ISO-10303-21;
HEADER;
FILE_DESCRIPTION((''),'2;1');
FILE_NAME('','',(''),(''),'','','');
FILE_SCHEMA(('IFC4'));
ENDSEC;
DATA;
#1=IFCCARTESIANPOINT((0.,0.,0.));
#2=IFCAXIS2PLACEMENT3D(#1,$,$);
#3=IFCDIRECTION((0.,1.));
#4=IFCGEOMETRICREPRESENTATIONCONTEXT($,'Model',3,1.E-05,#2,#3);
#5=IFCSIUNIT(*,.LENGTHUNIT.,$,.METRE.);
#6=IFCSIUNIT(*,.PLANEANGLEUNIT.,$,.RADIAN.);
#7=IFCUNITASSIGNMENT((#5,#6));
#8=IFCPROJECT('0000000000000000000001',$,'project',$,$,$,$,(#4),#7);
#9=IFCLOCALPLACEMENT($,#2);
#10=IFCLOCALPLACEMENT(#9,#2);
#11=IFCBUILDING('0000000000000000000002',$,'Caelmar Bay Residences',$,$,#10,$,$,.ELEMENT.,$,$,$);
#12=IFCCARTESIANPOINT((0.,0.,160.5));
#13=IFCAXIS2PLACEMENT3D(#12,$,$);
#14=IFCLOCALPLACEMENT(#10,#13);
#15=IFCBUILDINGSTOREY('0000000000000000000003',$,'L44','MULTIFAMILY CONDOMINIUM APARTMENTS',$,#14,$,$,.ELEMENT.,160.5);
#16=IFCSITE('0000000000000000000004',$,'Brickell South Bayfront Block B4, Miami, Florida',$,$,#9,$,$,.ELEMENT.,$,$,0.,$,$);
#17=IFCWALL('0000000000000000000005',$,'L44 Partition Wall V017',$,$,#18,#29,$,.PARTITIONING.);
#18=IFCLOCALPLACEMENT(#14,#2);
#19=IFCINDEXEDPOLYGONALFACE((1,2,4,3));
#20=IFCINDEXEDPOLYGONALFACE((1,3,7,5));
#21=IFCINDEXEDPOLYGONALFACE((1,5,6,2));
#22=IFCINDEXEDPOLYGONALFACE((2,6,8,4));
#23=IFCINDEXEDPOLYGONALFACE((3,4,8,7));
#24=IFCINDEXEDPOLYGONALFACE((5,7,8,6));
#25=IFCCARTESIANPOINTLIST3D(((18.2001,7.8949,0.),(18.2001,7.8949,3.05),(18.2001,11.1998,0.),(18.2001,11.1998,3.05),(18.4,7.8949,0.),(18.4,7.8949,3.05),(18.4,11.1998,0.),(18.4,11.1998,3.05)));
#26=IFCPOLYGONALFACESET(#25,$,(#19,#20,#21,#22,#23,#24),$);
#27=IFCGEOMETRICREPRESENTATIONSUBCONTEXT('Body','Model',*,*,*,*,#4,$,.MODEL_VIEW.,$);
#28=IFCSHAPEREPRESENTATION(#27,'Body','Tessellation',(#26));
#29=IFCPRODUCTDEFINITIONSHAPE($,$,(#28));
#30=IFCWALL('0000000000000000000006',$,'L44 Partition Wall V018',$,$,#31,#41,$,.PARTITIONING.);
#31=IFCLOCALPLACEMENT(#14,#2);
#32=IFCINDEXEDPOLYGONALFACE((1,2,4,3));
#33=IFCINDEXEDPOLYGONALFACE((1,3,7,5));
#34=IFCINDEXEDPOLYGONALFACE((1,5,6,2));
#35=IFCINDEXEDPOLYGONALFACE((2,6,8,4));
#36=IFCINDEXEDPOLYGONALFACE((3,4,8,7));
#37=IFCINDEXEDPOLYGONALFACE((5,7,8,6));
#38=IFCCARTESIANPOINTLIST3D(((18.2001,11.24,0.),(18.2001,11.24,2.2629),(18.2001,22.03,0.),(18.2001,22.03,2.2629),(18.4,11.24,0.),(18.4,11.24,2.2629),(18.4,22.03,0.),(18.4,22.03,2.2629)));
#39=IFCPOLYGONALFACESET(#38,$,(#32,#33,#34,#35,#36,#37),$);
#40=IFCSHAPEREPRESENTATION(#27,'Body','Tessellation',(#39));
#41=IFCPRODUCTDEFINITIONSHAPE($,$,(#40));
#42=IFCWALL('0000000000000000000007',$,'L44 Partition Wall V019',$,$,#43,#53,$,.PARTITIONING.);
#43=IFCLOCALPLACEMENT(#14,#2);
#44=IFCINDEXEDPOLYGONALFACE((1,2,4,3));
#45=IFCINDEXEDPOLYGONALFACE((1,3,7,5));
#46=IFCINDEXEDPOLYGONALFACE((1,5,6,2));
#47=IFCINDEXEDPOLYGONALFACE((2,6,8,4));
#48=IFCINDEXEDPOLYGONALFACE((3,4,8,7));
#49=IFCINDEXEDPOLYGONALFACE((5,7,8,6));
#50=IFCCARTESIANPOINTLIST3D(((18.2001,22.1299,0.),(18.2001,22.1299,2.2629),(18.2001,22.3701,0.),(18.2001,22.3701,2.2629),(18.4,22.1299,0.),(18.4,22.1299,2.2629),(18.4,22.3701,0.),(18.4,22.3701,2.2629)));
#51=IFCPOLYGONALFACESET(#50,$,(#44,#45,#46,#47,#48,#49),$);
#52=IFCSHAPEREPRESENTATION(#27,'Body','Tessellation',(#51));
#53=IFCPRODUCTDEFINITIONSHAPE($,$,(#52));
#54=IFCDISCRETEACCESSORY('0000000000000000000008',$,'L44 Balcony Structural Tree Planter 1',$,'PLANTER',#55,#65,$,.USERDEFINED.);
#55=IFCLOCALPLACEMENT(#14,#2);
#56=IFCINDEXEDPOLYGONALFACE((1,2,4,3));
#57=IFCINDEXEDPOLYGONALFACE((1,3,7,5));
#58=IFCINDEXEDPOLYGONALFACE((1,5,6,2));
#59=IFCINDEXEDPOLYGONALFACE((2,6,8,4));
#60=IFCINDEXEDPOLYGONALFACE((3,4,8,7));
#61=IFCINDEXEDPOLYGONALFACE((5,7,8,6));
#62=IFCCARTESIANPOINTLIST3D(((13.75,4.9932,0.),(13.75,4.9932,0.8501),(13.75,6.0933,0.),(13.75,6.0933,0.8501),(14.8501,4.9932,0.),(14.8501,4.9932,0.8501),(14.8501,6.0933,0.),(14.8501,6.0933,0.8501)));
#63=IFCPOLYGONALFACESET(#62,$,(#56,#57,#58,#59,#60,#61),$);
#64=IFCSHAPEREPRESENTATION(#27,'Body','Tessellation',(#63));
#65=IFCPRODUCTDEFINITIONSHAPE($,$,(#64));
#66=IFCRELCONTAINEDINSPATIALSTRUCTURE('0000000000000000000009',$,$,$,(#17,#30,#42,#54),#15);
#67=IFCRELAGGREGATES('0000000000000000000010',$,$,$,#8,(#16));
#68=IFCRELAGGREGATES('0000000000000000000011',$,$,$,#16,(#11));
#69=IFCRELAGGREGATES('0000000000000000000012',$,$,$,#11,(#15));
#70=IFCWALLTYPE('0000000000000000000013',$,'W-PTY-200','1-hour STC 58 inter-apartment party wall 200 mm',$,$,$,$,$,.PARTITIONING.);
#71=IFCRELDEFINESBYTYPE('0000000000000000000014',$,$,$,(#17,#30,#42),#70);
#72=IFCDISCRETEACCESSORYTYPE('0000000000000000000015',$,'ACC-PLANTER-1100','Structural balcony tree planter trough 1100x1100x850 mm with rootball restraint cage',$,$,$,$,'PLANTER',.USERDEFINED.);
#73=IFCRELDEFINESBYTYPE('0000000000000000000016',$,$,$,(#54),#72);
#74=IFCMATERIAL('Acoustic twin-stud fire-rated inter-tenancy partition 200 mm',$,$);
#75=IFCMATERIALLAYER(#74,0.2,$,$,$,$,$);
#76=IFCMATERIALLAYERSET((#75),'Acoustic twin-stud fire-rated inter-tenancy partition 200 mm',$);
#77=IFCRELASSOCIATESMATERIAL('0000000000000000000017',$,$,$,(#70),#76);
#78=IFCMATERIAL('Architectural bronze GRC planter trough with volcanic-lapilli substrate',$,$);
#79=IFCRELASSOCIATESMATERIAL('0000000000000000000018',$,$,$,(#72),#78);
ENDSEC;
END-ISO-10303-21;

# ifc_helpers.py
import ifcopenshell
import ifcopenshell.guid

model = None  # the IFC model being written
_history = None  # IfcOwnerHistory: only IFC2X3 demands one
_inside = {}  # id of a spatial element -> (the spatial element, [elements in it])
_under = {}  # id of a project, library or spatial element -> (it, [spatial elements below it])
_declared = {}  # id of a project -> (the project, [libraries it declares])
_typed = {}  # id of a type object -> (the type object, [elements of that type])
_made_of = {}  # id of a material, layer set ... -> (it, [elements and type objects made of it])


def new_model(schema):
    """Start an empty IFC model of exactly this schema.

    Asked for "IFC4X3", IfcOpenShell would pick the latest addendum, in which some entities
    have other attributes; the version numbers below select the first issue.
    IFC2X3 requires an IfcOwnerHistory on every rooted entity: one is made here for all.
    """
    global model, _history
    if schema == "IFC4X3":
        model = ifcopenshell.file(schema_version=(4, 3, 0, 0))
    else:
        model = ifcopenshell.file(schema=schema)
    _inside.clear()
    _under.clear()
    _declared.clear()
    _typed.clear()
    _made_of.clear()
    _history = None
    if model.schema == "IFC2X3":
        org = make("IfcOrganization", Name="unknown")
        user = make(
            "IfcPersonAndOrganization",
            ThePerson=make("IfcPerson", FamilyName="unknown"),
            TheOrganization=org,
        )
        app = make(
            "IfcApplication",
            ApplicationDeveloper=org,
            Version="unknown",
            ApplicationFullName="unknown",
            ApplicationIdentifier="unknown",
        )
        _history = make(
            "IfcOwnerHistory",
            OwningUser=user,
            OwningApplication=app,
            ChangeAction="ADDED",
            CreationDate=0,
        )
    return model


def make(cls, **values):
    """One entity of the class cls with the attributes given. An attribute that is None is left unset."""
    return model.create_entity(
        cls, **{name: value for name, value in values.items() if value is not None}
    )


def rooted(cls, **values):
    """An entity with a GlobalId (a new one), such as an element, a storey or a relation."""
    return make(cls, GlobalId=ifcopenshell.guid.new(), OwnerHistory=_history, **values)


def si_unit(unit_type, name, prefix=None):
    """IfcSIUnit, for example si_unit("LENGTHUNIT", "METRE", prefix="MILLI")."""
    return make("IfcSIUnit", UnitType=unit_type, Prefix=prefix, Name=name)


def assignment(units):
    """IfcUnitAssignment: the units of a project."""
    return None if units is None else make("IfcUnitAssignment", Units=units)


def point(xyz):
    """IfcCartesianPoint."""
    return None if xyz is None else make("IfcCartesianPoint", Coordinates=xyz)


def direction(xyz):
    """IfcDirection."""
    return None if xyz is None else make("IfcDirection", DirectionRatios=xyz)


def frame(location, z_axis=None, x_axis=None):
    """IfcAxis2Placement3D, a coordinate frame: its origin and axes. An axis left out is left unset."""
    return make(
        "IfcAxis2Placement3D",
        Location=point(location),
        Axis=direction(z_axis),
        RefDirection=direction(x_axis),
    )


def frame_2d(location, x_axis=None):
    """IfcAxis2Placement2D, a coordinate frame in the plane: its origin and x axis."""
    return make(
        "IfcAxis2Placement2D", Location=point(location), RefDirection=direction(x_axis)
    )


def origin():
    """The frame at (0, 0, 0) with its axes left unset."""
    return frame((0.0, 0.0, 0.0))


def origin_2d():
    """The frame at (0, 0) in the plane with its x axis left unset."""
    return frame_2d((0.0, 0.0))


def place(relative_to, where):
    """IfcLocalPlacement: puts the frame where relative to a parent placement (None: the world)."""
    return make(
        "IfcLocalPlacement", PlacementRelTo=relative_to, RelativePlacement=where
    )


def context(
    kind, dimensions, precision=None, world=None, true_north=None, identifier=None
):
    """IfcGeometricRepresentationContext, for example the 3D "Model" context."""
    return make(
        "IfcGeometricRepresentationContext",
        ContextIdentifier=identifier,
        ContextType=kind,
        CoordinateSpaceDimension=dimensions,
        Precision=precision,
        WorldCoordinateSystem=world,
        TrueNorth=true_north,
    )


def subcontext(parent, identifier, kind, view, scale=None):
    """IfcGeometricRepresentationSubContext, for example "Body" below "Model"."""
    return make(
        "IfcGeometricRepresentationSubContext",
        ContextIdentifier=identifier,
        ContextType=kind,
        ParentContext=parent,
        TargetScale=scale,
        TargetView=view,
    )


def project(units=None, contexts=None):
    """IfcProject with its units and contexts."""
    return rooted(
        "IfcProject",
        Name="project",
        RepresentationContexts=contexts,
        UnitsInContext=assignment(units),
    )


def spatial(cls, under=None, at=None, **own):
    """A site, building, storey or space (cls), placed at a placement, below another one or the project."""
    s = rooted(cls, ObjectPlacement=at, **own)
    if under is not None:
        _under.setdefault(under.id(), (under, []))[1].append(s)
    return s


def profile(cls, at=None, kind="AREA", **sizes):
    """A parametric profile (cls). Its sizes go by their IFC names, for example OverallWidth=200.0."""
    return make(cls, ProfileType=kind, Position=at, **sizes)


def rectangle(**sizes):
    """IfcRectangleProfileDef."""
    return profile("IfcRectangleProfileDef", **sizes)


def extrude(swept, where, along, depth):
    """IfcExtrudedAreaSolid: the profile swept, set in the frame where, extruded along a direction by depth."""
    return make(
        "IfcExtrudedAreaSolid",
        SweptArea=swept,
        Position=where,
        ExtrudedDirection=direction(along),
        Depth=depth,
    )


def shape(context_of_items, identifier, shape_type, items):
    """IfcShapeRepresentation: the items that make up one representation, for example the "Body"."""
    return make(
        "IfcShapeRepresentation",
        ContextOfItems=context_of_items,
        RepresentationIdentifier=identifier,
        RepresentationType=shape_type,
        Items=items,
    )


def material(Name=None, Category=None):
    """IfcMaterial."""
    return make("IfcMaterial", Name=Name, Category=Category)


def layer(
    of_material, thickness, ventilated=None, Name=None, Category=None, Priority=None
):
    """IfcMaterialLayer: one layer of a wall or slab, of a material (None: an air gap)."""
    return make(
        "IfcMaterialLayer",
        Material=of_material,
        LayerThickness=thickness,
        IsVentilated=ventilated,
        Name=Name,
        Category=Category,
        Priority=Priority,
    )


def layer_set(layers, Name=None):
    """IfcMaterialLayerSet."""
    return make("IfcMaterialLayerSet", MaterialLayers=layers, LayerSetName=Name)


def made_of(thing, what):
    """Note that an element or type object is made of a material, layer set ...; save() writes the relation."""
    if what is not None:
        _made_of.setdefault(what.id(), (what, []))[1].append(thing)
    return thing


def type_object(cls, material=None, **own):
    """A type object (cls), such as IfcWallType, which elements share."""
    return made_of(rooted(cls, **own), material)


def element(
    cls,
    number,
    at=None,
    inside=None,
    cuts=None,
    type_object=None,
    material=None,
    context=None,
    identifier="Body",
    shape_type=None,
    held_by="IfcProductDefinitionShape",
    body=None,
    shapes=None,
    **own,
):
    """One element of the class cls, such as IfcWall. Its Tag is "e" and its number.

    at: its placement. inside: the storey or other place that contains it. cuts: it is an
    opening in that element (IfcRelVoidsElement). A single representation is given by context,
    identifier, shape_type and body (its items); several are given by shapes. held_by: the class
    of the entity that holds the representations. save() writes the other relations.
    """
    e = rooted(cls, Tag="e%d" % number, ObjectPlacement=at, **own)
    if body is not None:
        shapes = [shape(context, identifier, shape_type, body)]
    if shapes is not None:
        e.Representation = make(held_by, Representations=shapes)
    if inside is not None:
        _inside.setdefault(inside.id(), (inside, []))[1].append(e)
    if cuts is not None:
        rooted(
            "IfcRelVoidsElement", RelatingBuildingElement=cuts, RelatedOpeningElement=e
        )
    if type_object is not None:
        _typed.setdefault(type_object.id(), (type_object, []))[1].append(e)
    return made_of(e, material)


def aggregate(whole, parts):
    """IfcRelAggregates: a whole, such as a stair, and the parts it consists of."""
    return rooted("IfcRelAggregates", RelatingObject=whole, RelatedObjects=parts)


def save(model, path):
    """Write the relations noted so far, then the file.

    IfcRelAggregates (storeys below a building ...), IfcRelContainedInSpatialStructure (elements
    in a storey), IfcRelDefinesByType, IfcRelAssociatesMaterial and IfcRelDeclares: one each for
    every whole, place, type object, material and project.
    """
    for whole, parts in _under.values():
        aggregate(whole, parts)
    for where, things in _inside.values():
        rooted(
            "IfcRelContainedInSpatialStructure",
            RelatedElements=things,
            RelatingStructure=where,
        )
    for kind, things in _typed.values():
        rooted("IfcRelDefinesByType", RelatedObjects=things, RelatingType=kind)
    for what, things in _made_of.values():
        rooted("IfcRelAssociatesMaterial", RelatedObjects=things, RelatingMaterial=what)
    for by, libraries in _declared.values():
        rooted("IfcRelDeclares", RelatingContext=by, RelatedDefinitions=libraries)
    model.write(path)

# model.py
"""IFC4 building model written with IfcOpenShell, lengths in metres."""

from ifc_helpers import new_model, si_unit, direction, frame, frame_2d, origin, origin_2d, place, context, subcontext, project, spatial, rectangle, extrude, material, layer, layer_set, type_object, element, save


model = new_model("IFC4")

# Units and contexts
model_context = context("Model", 3, precision=1e-05, world=origin(), true_north=direction((0.0, 1.0)))
body_context = subcontext(model_context, "Body", "Model", "MODEL_VIEW")
ifc_project = project(units=[si_unit("LENGTHUNIT", "METRE"), si_unit("PLANEANGLEUNIT", "RADIAN")], contexts=[model_context])

# Site, building, storey
site_placement = place(None, origin())
site = spatial("IfcSite", under=ifc_project, at=site_placement, Name="Brickell South Bayfront Block B4, Miami, Florida", CompositionType="ELEMENT", RefElevation=0.0)
building_placement = place(site_placement, origin())
building = spatial("IfcBuilding", under=site, at=building_placement, Name="Caelmar Bay Residences", CompositionType="ELEMENT")
storey_placement = place(building_placement, frame((0.0, 0.0, 160.5)))
storey = spatial("IfcBuildingStorey", under=building, at=storey_placement, Name="L44", Description="MULTIFAMILY CONDOMINIUM APARTMENTS", CompositionType="ELEMENT", Elevation=160.5)

# Walls
ifc_material_1 = material(Name="Acoustic twin-stud fire-rated inter-tenancy partition 200 mm")
ifc_layer_1 = layer(ifc_material_1, 0.2)
ifc_layer_set_1 = layer_set([ifc_layer_1], Name="Acoustic twin-stud fire-rated inter-tenancy partition 200 mm")
wall_type_1 = type_object("IfcWallType", Name="W-PTY-200", Description="1-hour STC 58 inter-apartment party wall 200 mm", PredefinedType="PARTITIONING", material=ifc_layer_set_1)
wall_1_placement = place(storey_placement, frame((18.3, 7.895, 0.0), z_axis=(0.0, 0.0, 1.0), x_axis=(0.0, 1.0, 0.0)))
element("IfcWall", 1, at=wall_1_placement, inside=storey, type_object=wall_type_1, Name="L44 Partition Wall V017", PredefinedType="PARTITIONING", context=body_context, shape_type="SweptSolid", body=[
    extrude(rectangle(XDim=3.3049, YDim=0.2, at=frame_2d((1.6523, 0.0))), origin(), (0.0, 0.0, 1.0), 3.05),
])
wall_2_placement = place(storey_placement, frame((18.3, 11.24, 0.0), z_axis=(0.0, 0.0, 1.0), x_axis=(0.0, 1.0, 0.0)))
element("IfcWall", 2, at=wall_2_placement, inside=storey, type_object=wall_type_1, Name="L44 Partition Wall V018", PredefinedType="PARTITIONING", context=body_context, shape_type="SweptSolid", body=[
    extrude(rectangle(XDim=10.79, YDim=0.2, at=frame_2d((5.395, 0.0))), origin(), (0.0, 0.0, 1.0), 2.2629),
])
wall_3_placement = place(storey_placement, frame((18.3, 22.1299, 0.0), z_axis=(0.0, 0.0, 1.0), x_axis=(0.0, 1.0, 0.0)))
element("IfcWall", 3, at=wall_3_placement, inside=storey, type_object=wall_type_1, Name="L44 Partition Wall V019", PredefinedType="PARTITIONING", context=body_context, shape_type="SweptSolid", body=[
    extrude(rectangle(XDim=0.2402, YDim=0.2, at=frame_2d((0.1201, 0.0))), origin(), (0.0, 0.0, 1.0), 2.2629),
])

# Discrete accessory
ifc_material_2 = material(Name="Architectural bronze GRC planter trough with volcanic-lapilli substrate")
discrete_accessory_type = type_object("IfcDiscreteAccessoryType", Name="ACC-PLANTER-1100", Description="Structural balcony tree planter trough 1100x1100x850 mm with rootball restraint cage", ElementType="PLANTER", PredefinedType="USERDEFINED", material=ifc_material_2)
discrete_accessory_placement = place(storey_placement, frame((14.3, 5.5432, 0.0), z_axis=(0.0, 0.0, 1.0), x_axis=(1.0, 0.0, 0.0)))
element("IfcDiscreteAccessory", 4, at=discrete_accessory_placement, inside=storey, type_object=discrete_accessory_type, Name="L44 Balcony Structural Tree Planter 1", ObjectType="PLANTER", PredefinedType="USERDEFINED", context=body_context, shape_type="SweptSolid", body=[
    extrude(rectangle(XDim=1.1001, YDim=1.1001, at=origin_2d()), origin(), (0.0, 0.0, 1.0), 0.8501),
])

save(model, "model.ifc")
